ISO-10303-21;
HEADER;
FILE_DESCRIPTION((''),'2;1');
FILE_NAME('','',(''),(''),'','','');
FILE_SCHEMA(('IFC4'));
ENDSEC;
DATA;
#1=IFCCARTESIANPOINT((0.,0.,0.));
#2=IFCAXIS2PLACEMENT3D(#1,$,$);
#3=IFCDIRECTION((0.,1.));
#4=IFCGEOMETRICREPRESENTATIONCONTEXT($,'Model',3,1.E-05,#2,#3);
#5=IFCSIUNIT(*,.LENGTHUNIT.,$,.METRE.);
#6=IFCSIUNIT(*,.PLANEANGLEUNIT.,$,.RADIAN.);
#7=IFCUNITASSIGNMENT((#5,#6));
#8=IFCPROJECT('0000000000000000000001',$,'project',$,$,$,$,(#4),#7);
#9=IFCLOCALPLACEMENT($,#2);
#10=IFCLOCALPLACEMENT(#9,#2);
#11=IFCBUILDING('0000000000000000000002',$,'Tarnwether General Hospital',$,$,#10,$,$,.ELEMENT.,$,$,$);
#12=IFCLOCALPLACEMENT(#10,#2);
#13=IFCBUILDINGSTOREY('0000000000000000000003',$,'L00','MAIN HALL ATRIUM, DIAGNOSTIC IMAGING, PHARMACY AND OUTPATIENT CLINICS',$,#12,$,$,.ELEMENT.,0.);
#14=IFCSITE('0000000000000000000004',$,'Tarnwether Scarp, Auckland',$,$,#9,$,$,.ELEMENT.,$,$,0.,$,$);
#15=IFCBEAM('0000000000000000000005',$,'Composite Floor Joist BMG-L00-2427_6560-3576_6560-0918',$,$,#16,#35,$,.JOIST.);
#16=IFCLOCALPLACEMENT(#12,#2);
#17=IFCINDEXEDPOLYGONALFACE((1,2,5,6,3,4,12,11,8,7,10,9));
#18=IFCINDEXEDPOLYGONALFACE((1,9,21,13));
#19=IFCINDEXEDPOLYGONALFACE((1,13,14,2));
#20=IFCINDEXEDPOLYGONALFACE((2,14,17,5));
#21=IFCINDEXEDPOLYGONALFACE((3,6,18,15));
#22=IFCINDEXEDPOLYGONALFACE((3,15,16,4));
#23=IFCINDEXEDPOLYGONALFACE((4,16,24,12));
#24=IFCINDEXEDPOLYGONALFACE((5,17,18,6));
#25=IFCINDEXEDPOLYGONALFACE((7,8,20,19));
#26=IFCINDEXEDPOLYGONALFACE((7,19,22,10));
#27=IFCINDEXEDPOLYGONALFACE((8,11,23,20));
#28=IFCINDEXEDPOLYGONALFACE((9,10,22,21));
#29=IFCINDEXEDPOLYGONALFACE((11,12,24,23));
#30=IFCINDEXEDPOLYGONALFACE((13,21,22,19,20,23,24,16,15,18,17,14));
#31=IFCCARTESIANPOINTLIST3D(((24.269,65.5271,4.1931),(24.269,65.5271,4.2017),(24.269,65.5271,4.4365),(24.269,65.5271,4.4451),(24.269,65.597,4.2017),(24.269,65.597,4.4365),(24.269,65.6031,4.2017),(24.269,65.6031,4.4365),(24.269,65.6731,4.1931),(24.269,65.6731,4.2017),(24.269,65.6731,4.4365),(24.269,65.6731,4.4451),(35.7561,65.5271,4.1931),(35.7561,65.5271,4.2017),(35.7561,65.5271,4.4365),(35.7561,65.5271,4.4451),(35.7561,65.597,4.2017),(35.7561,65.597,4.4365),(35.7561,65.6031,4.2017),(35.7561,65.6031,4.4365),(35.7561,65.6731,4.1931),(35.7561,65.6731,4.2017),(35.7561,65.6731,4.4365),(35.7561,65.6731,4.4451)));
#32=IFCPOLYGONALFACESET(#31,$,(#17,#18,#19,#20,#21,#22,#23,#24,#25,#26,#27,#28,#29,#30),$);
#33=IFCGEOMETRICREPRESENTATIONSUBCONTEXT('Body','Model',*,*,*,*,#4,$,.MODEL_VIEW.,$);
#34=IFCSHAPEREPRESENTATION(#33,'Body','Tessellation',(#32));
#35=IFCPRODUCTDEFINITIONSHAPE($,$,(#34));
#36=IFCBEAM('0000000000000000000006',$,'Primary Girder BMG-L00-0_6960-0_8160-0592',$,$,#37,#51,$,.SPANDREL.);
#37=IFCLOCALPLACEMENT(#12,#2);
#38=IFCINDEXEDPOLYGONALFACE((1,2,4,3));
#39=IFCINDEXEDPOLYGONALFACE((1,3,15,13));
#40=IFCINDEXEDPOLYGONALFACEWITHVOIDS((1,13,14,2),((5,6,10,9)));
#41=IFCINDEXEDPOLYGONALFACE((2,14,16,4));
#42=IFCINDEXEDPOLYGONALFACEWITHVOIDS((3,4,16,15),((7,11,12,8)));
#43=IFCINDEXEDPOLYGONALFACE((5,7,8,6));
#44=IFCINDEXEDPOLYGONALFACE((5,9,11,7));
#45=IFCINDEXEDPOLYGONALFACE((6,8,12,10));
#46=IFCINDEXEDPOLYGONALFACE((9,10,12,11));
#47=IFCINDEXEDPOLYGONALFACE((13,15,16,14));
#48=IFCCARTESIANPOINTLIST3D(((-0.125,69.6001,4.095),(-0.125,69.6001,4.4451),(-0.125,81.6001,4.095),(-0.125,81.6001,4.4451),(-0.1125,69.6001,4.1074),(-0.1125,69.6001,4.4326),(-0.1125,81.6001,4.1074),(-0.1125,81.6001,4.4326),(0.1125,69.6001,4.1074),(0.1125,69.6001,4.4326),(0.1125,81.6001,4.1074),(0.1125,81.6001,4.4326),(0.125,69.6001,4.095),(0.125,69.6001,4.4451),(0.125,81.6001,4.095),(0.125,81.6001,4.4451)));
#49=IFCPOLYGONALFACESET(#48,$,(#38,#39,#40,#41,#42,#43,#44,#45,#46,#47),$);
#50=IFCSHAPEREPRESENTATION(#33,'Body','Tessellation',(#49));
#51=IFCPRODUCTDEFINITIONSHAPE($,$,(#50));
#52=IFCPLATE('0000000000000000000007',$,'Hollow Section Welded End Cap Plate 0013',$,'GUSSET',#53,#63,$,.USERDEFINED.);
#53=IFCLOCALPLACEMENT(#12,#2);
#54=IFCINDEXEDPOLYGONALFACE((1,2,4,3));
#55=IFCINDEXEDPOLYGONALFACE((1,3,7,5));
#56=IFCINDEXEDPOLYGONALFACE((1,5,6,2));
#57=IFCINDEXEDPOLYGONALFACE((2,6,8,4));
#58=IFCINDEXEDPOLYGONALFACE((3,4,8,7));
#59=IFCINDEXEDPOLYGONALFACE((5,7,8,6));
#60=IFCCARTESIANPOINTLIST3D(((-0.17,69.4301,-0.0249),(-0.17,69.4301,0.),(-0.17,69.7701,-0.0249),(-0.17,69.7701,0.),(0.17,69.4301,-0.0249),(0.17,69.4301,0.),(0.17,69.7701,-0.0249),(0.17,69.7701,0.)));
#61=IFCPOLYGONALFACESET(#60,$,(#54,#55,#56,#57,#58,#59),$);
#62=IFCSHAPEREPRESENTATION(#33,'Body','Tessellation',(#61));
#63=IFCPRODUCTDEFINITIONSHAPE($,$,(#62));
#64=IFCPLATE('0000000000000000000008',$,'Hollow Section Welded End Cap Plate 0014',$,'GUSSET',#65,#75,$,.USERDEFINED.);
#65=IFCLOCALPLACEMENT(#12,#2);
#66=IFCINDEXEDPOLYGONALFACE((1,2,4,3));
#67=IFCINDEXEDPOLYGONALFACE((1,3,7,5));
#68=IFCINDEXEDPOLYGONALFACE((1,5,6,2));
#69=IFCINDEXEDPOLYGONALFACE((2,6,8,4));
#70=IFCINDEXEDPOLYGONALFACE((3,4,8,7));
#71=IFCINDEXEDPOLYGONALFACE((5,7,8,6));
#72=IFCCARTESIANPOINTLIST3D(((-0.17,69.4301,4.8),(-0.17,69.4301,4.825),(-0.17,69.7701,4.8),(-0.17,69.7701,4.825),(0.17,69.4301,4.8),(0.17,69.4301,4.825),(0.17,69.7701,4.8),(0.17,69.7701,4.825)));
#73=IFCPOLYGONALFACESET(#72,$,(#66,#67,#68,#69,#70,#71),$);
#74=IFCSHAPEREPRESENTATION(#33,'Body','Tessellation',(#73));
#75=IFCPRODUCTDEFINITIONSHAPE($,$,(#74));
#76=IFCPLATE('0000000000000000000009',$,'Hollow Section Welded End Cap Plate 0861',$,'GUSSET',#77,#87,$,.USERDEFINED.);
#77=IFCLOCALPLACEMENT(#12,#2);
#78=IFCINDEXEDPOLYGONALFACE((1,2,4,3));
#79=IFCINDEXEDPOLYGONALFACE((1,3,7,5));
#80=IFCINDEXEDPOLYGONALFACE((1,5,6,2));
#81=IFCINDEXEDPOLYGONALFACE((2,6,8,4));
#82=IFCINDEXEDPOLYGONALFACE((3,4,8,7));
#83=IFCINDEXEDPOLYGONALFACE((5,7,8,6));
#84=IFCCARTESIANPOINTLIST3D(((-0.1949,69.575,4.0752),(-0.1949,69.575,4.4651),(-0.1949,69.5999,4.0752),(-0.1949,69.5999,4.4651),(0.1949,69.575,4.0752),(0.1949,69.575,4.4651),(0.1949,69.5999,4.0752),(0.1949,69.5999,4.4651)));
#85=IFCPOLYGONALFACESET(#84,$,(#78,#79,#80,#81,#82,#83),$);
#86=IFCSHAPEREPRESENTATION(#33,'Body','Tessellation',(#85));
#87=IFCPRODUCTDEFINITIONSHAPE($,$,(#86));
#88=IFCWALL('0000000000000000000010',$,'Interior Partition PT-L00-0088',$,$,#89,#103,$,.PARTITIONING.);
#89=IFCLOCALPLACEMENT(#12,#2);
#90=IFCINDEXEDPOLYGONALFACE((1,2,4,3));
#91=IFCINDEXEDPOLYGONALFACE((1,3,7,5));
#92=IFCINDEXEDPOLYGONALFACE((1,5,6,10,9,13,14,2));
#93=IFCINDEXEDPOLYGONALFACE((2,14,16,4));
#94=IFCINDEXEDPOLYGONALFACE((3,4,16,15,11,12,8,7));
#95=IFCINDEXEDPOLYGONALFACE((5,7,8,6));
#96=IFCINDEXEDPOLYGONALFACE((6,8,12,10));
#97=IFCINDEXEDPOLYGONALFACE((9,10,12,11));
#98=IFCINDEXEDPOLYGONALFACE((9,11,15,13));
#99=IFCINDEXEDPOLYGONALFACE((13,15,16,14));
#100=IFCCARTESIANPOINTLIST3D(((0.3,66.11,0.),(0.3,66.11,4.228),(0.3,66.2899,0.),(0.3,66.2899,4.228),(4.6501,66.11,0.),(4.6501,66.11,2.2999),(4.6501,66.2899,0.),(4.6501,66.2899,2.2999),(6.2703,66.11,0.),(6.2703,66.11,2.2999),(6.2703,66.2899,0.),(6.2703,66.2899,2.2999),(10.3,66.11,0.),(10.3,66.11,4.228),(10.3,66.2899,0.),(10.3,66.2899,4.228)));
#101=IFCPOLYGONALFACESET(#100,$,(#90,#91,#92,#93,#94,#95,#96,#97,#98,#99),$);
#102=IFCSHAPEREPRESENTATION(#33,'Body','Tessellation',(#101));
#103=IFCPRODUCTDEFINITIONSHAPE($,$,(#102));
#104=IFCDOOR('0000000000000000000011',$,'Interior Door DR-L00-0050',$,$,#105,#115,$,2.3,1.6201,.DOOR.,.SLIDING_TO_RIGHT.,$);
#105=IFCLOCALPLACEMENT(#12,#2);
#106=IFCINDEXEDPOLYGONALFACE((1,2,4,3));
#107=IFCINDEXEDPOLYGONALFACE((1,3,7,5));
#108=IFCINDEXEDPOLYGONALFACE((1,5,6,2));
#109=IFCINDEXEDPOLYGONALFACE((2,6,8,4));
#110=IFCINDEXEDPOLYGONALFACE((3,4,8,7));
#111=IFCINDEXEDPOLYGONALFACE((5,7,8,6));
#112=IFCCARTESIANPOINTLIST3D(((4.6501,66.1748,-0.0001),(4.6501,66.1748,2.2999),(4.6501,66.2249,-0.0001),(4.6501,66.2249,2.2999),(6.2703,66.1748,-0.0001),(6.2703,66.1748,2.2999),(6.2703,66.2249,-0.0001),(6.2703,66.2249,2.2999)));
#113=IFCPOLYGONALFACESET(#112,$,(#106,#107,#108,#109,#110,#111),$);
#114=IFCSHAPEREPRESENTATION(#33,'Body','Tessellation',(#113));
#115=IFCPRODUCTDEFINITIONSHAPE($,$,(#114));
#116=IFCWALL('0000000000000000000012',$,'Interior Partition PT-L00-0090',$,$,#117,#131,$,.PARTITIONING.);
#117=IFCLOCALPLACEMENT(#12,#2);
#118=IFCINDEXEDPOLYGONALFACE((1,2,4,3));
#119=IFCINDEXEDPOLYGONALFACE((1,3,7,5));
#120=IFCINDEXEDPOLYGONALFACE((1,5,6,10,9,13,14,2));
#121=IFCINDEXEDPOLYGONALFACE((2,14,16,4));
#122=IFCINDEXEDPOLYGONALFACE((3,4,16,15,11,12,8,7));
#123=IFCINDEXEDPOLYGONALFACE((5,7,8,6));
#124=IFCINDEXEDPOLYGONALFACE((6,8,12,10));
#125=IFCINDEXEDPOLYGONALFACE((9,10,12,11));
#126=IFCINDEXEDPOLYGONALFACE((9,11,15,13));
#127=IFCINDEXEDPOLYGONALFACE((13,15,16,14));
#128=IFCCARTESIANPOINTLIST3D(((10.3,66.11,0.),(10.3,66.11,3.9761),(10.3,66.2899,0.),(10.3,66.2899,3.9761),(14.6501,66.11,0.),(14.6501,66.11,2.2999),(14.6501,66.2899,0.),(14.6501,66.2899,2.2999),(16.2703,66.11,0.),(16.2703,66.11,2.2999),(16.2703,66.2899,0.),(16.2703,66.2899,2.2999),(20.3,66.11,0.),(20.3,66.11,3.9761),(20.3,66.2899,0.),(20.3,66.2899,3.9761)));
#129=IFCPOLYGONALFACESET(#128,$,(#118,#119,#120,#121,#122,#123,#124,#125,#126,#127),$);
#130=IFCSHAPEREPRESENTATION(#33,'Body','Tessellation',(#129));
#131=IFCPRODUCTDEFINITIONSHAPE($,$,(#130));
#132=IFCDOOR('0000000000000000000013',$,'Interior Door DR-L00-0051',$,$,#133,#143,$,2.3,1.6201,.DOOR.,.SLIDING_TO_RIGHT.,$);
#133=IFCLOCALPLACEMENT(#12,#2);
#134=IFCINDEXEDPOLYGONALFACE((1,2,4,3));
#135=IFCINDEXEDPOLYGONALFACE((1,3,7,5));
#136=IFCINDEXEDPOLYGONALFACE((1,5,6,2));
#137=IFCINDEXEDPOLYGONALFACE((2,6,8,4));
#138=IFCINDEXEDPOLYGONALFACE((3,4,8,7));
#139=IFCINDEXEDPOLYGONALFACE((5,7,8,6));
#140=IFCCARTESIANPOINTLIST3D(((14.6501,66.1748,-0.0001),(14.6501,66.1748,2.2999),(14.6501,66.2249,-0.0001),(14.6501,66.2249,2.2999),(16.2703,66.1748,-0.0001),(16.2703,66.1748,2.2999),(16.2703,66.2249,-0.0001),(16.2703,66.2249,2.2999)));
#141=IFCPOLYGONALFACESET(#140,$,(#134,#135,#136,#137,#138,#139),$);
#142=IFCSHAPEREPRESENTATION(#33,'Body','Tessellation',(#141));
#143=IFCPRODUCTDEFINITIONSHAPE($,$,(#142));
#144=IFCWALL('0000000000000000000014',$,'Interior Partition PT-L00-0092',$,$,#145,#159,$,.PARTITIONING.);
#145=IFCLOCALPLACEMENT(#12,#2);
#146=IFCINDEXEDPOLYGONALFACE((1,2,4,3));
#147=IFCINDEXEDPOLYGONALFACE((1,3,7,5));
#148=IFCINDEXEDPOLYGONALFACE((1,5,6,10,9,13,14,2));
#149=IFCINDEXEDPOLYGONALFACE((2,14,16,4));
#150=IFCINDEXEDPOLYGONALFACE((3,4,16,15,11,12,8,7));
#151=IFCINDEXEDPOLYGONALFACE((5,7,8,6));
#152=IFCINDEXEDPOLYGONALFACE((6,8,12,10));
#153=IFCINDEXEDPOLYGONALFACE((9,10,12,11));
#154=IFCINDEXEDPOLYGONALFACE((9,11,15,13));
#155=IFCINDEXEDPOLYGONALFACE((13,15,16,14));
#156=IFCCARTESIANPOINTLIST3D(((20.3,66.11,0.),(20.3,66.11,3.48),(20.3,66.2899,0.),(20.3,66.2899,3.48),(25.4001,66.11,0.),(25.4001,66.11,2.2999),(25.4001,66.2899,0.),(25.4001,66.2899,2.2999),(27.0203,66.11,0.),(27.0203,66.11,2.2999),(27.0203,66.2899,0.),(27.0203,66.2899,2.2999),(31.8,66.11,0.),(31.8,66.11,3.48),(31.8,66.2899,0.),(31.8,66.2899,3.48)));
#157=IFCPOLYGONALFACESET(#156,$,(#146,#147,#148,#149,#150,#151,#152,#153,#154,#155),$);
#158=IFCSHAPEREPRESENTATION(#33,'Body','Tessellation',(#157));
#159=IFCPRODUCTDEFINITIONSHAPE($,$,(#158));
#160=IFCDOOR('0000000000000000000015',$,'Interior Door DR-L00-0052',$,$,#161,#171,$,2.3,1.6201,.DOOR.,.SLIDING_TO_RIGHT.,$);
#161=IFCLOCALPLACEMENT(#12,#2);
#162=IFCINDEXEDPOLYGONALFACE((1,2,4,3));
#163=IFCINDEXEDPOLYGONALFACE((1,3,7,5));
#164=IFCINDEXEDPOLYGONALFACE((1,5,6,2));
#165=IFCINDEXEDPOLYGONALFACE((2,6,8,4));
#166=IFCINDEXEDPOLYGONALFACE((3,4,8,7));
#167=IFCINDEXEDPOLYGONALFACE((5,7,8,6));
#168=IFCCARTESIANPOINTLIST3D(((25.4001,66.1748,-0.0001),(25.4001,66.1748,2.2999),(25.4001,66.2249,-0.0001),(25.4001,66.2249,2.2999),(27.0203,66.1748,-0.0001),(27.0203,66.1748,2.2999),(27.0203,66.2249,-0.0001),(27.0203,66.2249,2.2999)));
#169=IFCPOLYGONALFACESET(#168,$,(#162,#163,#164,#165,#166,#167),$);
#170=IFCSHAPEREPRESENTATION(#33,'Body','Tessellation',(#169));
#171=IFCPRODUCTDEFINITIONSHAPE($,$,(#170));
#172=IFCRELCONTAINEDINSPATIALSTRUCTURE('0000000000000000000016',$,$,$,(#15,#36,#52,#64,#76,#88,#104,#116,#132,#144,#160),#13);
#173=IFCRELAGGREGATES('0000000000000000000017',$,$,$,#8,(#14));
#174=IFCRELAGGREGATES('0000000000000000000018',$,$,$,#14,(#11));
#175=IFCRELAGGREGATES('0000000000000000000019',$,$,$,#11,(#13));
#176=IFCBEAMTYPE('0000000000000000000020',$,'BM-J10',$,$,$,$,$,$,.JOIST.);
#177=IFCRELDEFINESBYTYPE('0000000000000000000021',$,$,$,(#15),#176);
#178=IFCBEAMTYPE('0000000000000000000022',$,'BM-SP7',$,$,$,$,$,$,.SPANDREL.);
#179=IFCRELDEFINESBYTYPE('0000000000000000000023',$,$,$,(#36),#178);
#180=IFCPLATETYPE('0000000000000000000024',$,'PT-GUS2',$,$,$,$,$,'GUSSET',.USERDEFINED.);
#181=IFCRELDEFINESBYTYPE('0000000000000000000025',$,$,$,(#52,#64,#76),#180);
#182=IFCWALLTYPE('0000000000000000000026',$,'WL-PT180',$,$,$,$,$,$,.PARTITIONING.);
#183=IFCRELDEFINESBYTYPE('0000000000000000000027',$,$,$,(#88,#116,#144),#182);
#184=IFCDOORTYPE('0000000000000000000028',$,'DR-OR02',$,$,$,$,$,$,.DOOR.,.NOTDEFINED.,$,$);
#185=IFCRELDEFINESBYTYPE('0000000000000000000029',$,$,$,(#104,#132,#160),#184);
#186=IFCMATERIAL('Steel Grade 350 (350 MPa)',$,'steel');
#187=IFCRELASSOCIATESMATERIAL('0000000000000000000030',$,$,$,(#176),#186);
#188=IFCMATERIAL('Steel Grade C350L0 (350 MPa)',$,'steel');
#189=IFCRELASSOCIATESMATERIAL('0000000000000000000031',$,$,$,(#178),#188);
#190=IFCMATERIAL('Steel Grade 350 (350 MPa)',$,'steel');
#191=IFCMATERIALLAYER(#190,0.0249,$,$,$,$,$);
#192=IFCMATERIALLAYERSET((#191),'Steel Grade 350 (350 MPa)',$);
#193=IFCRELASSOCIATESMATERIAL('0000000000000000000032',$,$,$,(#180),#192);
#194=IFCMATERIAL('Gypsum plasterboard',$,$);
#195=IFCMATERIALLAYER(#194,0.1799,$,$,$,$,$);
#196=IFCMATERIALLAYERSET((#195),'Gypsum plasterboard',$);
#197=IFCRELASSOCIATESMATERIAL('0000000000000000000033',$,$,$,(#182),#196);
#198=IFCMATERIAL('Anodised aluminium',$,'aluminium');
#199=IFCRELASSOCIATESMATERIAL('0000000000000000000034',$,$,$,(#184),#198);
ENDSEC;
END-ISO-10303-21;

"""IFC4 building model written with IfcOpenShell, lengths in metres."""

from ifc_helpers import new_model, si_unit, direction, frame, frame_2d, origin, origin_2d, place, context, subcontext, project, spatial, rectangle, hollow_rectangle, i_section, extrude, material, layer, layer_set, material_profile, profile_set, type_object, element, fill, save


model = new_model("IFC4")

# Units and contexts
model_context = context("Model", 3, precision=1e-05, world=origin(), true_north=direction((0.0, 1.0)))
body_context = subcontext(model_context, "Body", "Model", "MODEL_VIEW")
ifc_project = project(units=[si_unit("LENGTHUNIT", "METRE"), si_unit("PLANEANGLEUNIT", "RADIAN")], contexts=[model_context])

# Site, building, storey
site_placement = place(None, origin())
site = spatial("IfcSite", under=ifc_project, at=site_placement, Name="Tarnwether Scarp, Auckland", CompositionType="ELEMENT", RefElevation=0.0)
building_placement = place(site_placement, origin())
building = spatial("IfcBuilding", under=site, at=building_placement, Name="Tarnwether General Hospital", CompositionType="ELEMENT")
storey_placement = place(building_placement, origin())
storey = spatial("IfcBuildingStorey", under=building, at=storey_placement, Name="L00", Description="MAIN HALL ATRIUM, DIAGNOSTIC IMAGING, PHARMACY AND OUTPATIENT CLINICS", CompositionType="ELEMENT", Elevation=0.0)

# Beams
ifc_material_1 = material(Name="Steel Grade 350 (350 MPa)", Category="steel")
ifc_material_profile_1 = material_profile(ifc_material_1, i_section(OverallWidth=0.146, OverallDepth=0.252, WebThickness=0.0061, FlangeThickness=0.0085, at=origin_2d()), Name="250UB31.4")
ifc_profile_set_1 = profile_set([ifc_material_profile_1], Name="Steel Grade 350 (350 MPa)")
beam_type_1 = type_object("IfcBeamType", Name="BM-J10", PredefinedType="JOIST", material=ifc_profile_set_1)
beam_1_placement = place(storey_placement, frame((24.269, 65.6001, 4.3191), z_axis=(1.0, 0.0, 0.0), x_axis=(0.0, 1.0, 0.0)))
element("IfcBeam", 1, at=beam_1_placement, inside=storey, type_object=beam_type_1, Name="Composite Floor Joist BMG-L00-2427_6560-3576_6560-0918", PredefinedType="JOIST", context=body_context, shape_type="SweptSolid", body=[
    extrude(i_section(OverallWidth=0.146, OverallDepth=0.252, WebThickness=0.0061, FlangeThickness=0.0085, at=origin_2d()), origin(), (0.0, 0.0, 1.0), 11.4871),
])
ifc_material_2 = material(Name="Steel Grade C350L0 (350 MPa)", Category="steel")
ifc_material_profile_2 = material_profile(ifc_material_2, hollow_rectangle(XDim=0.25, YDim=0.3501, WallThickness=0.0125, at=origin_2d()), Name="RHS350x250x12.5")
ifc_profile_set_2 = profile_set([ifc_material_profile_2], Name="Steel Grade C350L0 (350 MPa)")
beam_type_2 = type_object("IfcBeamType", Name="BM-SP7", PredefinedType="SPANDREL", material=ifc_profile_set_2)
beam_2_placement = place(storey_placement, frame((0.0, 69.6001, 4.27), z_axis=(0.0, 1.0, 0.0), x_axis=(-1.0, 0.0, 0.0)))
element("IfcBeam", 2, at=beam_2_placement, inside=storey, type_object=beam_type_2, Name="Primary Girder BMG-L00-0_6960-0_8160-0592", PredefinedType="SPANDREL", context=body_context, shape_type="SweptSolid", body=[
    extrude(hollow_rectangle(XDim=0.25, YDim=0.3501, WallThickness=0.0125, at=origin_2d()), origin(), (0.0, 0.0, 1.0), 12.0),
])

# Plates
ifc_material_3 = material(Name="Steel Grade 350 (350 MPa)", Category="steel")
ifc_layer_1 = layer(ifc_material_3, 0.0249)
ifc_layer_set_1 = layer_set([ifc_layer_1], Name="Steel Grade 350 (350 MPa)")
plate_type = type_object("IfcPlateType", Name="PT-GUS2", ElementType="GUSSET", PredefinedType="USERDEFINED", material=ifc_layer_set_1)
for number, where, z_axis, x_axis, name in (
    (3, (0.0, 69.6001, -0.0249), (0.0, 0.0, 1.0), (1.0, 0.0, 0.0), "Hollow Section Welded End Cap Plate 0013"),
    (4, (0.0, 69.6001, 4.8), (0.0, 0.0, 1.0), (1.0, 0.0, 0.0), "Hollow Section Welded End Cap Plate 0014"),
):
    element("IfcPlate", number, at=place(storey_placement, frame(where, z_axis=z_axis, x_axis=x_axis)), inside=storey, type_object=plate_type, Name=name, ObjectType="GUSSET", PredefinedType="USERDEFINED", context=body_context, shape_type="SweptSolid", body=[
        extrude(rectangle(XDim=0.3401, YDim=0.3401, at=origin_2d()), origin(), (0.0, 0.0, 1.0), 0.0249),
    ])
plate_placement = place(storey_placement, frame((0.0, 69.5874, 4.0752), z_axis=(0.0, 0.0, 1.0), x_axis=(0.0, 1.0, 0.0)))
element("IfcPlate", 5, at=plate_placement, inside=storey, type_object=plate_type, Name="Hollow Section Welded End Cap Plate 0861", ObjectType="GUSSET", PredefinedType="USERDEFINED", context=body_context, shape_type="SweptSolid", body=[
    extrude(rectangle(XDim=0.0249, YDim=0.3899, at=origin_2d()), origin(), (0.0, 0.0, 1.0), 0.3899),
])

# Walls, openings, doors
ifc_material_4 = material(Name="Gypsum plasterboard")
ifc_layer_2 = layer(ifc_material_4, 0.1799)
ifc_layer_set_2 = layer_set([ifc_layer_2], Name="Gypsum plasterboard")
wall_type_1 = type_object("IfcWallType", Name="WL-PT180", PredefinedType="PARTITIONING", material=ifc_layer_set_2)
wall_1_placement = place(storey_placement, frame((0.3, 66.2, 0.0), z_axis=(0.0, 0.0, 1.0), x_axis=(1.0, 0.0, 0.0)))
wall_1 = element("IfcWall", 6, at=wall_1_placement, inside=storey, type_object=wall_type_1, Name="Interior Partition PT-L00-0088", PredefinedType="PARTITIONING", context=body_context, shape_type="SweptSolid", body=[
    extrude(rectangle(XDim=10.0, YDim=0.1799, at=frame_2d((5.0, 0.0))), origin(), (0.0, 0.0, 1.0), 4.228),
])
opening_1_placement = place(wall_1_placement, frame((4.3501, 0.0, 0.0)))
opening_1 = element("IfcOpeningElement", 7, at=opening_1_placement, cuts=wall_1, PredefinedType="OPENING", context=body_context, shape_type="SweptSolid", body=[
    extrude(rectangle(XDim=1.6201, YDim=2.3, at=frame_2d((0.8101, 1.1499))), frame((0.0, 0.1001, 0.0), z_axis=(0.0, -1.0, 0.0), x_axis=(1.0, 0.0, 0.0)), (0.0, 0.0, 1.0), 0.2),
])
ifc_material_5 = material(Name="Anodised aluminium", Category="aluminium")
door_type_1 = type_object("IfcDoorType", Name="DR-OR02", OperationType="NOTDEFINED", PredefinedType="DOOR", material=ifc_material_5)
door_1_placement = place(opening_1_placement, origin())
door_1 = element("IfcDoor", 8, at=door_1_placement, inside=storey, type_object=door_type_1, Name="Interior Door DR-L00-0050", OperationType="SLIDING_TO_RIGHT", OverallHeight=2.3, OverallWidth=1.6201, PredefinedType="DOOR", context=body_context, shape_type="SweptSolid", body=[
    extrude(rectangle(XDim=1.6201, YDim=2.3, at=frame_2d((0.8101, 1.1499))), frame((0.0, 0.0249, 0.0), z_axis=(0.0, -1.0, 0.0), x_axis=(1.0, 0.0, 0.0)), (0.0, 0.0, 1.0), 0.05),
])
fill(opening_1, door_1)
wall_2_placement = place(storey_placement, frame((10.3, 66.2, 0.0), z_axis=(0.0, 0.0, 1.0), x_axis=(1.0, 0.0, 0.0)))
wall_2 = element("IfcWall", 9, at=wall_2_placement, inside=storey, type_object=wall_type_1, Name="Interior Partition PT-L00-0090", PredefinedType="PARTITIONING", context=body_context, shape_type="SweptSolid", body=[
    extrude(rectangle(XDim=10.0, YDim=0.1799, at=frame_2d((5.0, 0.0))), origin(), (0.0, 0.0, 1.0), 3.9761),
])
opening_2_placement = place(wall_2_placement, frame((4.3501, 0.0, 0.0)))
opening_2 = element("IfcOpeningElement", 10, at=opening_2_placement, cuts=wall_2, PredefinedType="OPENING", context=body_context, shape_type="SweptSolid", body=[
    extrude(rectangle(XDim=1.6201, YDim=2.3, at=frame_2d((0.8101, 1.1499))), frame((0.0, 0.1001, 0.0), z_axis=(0.0, -1.0, 0.0), x_axis=(1.0, 0.0, 0.0)), (0.0, 0.0, 1.0), 0.2),
])
door_2_placement = place(opening_2_placement, origin())
door_2 = element("IfcDoor", 11, at=door_2_placement, inside=storey, type_object=door_type_1, Name="Interior Door DR-L00-0051", OperationType="SLIDING_TO_RIGHT", OverallHeight=2.3, OverallWidth=1.6201, PredefinedType="DOOR", context=body_context, shape_type="SweptSolid", body=[
    extrude(rectangle(XDim=1.6201, YDim=2.3, at=frame_2d((0.8101, 1.1499))), frame((0.0, 0.0249, 0.0), z_axis=(0.0, -1.0, 0.0), x_axis=(1.0, 0.0, 0.0)), (0.0, 0.0, 1.0), 0.05),
])
fill(opening_2, door_2)
wall_3_placement = place(storey_placement, frame((20.3, 66.2, 0.0), z_axis=(0.0, 0.0, 1.0), x_axis=(1.0, 0.0, 0.0)))
wall_3 = element("IfcWall", 12, at=wall_3_placement, inside=storey, type_object=wall_type_1, Name="Interior Partition PT-L00-0092", PredefinedType="PARTITIONING", context=body_context, shape_type="SweptSolid", body=[
    extrude(rectangle(XDim=11.5, YDim=0.1799, at=frame_2d((5.75, 0.0))), origin(), (0.0, 0.0, 1.0), 3.48),
])
opening_3_placement = place(wall_3_placement, frame((5.1001, 0.0, 0.0)))
opening_3 = element("IfcOpeningElement", 13, at=opening_3_placement, cuts=wall_3, PredefinedType="OPENING", context=body_context, shape_type="SweptSolid", body=[
    extrude(rectangle(XDim=1.6201, YDim=2.3, at=frame_2d((0.8101, 1.1499))), frame((0.0, 0.1001, 0.0), z_axis=(0.0, -1.0, 0.0), x_axis=(1.0, 0.0, 0.0)), (0.0, 0.0, 1.0), 0.2),
])
door_3_placement = place(opening_3_placement, origin())
door_3 = element("IfcDoor", 14, at=door_3_placement, inside=storey, type_object=door_type_1, Name="Interior Door DR-L00-0052", OperationType="SLIDING_TO_RIGHT", OverallHeight=2.3, OverallWidth=1.6201, PredefinedType="DOOR", context=body_context, shape_type="SweptSolid", body=[
    extrude(rectangle(XDim=1.6201, YDim=2.3, at=frame_2d((0.8101, 1.1499))), frame((0.0, 0.0249, 0.0), z_axis=(0.0, -1.0, 0.0), x_axis=(1.0, 0.0, 0.0)), (0.0, 0.0, 1.0), 0.05),
])
fill(opening_3, door_3)

save(model, "model.ifc")
